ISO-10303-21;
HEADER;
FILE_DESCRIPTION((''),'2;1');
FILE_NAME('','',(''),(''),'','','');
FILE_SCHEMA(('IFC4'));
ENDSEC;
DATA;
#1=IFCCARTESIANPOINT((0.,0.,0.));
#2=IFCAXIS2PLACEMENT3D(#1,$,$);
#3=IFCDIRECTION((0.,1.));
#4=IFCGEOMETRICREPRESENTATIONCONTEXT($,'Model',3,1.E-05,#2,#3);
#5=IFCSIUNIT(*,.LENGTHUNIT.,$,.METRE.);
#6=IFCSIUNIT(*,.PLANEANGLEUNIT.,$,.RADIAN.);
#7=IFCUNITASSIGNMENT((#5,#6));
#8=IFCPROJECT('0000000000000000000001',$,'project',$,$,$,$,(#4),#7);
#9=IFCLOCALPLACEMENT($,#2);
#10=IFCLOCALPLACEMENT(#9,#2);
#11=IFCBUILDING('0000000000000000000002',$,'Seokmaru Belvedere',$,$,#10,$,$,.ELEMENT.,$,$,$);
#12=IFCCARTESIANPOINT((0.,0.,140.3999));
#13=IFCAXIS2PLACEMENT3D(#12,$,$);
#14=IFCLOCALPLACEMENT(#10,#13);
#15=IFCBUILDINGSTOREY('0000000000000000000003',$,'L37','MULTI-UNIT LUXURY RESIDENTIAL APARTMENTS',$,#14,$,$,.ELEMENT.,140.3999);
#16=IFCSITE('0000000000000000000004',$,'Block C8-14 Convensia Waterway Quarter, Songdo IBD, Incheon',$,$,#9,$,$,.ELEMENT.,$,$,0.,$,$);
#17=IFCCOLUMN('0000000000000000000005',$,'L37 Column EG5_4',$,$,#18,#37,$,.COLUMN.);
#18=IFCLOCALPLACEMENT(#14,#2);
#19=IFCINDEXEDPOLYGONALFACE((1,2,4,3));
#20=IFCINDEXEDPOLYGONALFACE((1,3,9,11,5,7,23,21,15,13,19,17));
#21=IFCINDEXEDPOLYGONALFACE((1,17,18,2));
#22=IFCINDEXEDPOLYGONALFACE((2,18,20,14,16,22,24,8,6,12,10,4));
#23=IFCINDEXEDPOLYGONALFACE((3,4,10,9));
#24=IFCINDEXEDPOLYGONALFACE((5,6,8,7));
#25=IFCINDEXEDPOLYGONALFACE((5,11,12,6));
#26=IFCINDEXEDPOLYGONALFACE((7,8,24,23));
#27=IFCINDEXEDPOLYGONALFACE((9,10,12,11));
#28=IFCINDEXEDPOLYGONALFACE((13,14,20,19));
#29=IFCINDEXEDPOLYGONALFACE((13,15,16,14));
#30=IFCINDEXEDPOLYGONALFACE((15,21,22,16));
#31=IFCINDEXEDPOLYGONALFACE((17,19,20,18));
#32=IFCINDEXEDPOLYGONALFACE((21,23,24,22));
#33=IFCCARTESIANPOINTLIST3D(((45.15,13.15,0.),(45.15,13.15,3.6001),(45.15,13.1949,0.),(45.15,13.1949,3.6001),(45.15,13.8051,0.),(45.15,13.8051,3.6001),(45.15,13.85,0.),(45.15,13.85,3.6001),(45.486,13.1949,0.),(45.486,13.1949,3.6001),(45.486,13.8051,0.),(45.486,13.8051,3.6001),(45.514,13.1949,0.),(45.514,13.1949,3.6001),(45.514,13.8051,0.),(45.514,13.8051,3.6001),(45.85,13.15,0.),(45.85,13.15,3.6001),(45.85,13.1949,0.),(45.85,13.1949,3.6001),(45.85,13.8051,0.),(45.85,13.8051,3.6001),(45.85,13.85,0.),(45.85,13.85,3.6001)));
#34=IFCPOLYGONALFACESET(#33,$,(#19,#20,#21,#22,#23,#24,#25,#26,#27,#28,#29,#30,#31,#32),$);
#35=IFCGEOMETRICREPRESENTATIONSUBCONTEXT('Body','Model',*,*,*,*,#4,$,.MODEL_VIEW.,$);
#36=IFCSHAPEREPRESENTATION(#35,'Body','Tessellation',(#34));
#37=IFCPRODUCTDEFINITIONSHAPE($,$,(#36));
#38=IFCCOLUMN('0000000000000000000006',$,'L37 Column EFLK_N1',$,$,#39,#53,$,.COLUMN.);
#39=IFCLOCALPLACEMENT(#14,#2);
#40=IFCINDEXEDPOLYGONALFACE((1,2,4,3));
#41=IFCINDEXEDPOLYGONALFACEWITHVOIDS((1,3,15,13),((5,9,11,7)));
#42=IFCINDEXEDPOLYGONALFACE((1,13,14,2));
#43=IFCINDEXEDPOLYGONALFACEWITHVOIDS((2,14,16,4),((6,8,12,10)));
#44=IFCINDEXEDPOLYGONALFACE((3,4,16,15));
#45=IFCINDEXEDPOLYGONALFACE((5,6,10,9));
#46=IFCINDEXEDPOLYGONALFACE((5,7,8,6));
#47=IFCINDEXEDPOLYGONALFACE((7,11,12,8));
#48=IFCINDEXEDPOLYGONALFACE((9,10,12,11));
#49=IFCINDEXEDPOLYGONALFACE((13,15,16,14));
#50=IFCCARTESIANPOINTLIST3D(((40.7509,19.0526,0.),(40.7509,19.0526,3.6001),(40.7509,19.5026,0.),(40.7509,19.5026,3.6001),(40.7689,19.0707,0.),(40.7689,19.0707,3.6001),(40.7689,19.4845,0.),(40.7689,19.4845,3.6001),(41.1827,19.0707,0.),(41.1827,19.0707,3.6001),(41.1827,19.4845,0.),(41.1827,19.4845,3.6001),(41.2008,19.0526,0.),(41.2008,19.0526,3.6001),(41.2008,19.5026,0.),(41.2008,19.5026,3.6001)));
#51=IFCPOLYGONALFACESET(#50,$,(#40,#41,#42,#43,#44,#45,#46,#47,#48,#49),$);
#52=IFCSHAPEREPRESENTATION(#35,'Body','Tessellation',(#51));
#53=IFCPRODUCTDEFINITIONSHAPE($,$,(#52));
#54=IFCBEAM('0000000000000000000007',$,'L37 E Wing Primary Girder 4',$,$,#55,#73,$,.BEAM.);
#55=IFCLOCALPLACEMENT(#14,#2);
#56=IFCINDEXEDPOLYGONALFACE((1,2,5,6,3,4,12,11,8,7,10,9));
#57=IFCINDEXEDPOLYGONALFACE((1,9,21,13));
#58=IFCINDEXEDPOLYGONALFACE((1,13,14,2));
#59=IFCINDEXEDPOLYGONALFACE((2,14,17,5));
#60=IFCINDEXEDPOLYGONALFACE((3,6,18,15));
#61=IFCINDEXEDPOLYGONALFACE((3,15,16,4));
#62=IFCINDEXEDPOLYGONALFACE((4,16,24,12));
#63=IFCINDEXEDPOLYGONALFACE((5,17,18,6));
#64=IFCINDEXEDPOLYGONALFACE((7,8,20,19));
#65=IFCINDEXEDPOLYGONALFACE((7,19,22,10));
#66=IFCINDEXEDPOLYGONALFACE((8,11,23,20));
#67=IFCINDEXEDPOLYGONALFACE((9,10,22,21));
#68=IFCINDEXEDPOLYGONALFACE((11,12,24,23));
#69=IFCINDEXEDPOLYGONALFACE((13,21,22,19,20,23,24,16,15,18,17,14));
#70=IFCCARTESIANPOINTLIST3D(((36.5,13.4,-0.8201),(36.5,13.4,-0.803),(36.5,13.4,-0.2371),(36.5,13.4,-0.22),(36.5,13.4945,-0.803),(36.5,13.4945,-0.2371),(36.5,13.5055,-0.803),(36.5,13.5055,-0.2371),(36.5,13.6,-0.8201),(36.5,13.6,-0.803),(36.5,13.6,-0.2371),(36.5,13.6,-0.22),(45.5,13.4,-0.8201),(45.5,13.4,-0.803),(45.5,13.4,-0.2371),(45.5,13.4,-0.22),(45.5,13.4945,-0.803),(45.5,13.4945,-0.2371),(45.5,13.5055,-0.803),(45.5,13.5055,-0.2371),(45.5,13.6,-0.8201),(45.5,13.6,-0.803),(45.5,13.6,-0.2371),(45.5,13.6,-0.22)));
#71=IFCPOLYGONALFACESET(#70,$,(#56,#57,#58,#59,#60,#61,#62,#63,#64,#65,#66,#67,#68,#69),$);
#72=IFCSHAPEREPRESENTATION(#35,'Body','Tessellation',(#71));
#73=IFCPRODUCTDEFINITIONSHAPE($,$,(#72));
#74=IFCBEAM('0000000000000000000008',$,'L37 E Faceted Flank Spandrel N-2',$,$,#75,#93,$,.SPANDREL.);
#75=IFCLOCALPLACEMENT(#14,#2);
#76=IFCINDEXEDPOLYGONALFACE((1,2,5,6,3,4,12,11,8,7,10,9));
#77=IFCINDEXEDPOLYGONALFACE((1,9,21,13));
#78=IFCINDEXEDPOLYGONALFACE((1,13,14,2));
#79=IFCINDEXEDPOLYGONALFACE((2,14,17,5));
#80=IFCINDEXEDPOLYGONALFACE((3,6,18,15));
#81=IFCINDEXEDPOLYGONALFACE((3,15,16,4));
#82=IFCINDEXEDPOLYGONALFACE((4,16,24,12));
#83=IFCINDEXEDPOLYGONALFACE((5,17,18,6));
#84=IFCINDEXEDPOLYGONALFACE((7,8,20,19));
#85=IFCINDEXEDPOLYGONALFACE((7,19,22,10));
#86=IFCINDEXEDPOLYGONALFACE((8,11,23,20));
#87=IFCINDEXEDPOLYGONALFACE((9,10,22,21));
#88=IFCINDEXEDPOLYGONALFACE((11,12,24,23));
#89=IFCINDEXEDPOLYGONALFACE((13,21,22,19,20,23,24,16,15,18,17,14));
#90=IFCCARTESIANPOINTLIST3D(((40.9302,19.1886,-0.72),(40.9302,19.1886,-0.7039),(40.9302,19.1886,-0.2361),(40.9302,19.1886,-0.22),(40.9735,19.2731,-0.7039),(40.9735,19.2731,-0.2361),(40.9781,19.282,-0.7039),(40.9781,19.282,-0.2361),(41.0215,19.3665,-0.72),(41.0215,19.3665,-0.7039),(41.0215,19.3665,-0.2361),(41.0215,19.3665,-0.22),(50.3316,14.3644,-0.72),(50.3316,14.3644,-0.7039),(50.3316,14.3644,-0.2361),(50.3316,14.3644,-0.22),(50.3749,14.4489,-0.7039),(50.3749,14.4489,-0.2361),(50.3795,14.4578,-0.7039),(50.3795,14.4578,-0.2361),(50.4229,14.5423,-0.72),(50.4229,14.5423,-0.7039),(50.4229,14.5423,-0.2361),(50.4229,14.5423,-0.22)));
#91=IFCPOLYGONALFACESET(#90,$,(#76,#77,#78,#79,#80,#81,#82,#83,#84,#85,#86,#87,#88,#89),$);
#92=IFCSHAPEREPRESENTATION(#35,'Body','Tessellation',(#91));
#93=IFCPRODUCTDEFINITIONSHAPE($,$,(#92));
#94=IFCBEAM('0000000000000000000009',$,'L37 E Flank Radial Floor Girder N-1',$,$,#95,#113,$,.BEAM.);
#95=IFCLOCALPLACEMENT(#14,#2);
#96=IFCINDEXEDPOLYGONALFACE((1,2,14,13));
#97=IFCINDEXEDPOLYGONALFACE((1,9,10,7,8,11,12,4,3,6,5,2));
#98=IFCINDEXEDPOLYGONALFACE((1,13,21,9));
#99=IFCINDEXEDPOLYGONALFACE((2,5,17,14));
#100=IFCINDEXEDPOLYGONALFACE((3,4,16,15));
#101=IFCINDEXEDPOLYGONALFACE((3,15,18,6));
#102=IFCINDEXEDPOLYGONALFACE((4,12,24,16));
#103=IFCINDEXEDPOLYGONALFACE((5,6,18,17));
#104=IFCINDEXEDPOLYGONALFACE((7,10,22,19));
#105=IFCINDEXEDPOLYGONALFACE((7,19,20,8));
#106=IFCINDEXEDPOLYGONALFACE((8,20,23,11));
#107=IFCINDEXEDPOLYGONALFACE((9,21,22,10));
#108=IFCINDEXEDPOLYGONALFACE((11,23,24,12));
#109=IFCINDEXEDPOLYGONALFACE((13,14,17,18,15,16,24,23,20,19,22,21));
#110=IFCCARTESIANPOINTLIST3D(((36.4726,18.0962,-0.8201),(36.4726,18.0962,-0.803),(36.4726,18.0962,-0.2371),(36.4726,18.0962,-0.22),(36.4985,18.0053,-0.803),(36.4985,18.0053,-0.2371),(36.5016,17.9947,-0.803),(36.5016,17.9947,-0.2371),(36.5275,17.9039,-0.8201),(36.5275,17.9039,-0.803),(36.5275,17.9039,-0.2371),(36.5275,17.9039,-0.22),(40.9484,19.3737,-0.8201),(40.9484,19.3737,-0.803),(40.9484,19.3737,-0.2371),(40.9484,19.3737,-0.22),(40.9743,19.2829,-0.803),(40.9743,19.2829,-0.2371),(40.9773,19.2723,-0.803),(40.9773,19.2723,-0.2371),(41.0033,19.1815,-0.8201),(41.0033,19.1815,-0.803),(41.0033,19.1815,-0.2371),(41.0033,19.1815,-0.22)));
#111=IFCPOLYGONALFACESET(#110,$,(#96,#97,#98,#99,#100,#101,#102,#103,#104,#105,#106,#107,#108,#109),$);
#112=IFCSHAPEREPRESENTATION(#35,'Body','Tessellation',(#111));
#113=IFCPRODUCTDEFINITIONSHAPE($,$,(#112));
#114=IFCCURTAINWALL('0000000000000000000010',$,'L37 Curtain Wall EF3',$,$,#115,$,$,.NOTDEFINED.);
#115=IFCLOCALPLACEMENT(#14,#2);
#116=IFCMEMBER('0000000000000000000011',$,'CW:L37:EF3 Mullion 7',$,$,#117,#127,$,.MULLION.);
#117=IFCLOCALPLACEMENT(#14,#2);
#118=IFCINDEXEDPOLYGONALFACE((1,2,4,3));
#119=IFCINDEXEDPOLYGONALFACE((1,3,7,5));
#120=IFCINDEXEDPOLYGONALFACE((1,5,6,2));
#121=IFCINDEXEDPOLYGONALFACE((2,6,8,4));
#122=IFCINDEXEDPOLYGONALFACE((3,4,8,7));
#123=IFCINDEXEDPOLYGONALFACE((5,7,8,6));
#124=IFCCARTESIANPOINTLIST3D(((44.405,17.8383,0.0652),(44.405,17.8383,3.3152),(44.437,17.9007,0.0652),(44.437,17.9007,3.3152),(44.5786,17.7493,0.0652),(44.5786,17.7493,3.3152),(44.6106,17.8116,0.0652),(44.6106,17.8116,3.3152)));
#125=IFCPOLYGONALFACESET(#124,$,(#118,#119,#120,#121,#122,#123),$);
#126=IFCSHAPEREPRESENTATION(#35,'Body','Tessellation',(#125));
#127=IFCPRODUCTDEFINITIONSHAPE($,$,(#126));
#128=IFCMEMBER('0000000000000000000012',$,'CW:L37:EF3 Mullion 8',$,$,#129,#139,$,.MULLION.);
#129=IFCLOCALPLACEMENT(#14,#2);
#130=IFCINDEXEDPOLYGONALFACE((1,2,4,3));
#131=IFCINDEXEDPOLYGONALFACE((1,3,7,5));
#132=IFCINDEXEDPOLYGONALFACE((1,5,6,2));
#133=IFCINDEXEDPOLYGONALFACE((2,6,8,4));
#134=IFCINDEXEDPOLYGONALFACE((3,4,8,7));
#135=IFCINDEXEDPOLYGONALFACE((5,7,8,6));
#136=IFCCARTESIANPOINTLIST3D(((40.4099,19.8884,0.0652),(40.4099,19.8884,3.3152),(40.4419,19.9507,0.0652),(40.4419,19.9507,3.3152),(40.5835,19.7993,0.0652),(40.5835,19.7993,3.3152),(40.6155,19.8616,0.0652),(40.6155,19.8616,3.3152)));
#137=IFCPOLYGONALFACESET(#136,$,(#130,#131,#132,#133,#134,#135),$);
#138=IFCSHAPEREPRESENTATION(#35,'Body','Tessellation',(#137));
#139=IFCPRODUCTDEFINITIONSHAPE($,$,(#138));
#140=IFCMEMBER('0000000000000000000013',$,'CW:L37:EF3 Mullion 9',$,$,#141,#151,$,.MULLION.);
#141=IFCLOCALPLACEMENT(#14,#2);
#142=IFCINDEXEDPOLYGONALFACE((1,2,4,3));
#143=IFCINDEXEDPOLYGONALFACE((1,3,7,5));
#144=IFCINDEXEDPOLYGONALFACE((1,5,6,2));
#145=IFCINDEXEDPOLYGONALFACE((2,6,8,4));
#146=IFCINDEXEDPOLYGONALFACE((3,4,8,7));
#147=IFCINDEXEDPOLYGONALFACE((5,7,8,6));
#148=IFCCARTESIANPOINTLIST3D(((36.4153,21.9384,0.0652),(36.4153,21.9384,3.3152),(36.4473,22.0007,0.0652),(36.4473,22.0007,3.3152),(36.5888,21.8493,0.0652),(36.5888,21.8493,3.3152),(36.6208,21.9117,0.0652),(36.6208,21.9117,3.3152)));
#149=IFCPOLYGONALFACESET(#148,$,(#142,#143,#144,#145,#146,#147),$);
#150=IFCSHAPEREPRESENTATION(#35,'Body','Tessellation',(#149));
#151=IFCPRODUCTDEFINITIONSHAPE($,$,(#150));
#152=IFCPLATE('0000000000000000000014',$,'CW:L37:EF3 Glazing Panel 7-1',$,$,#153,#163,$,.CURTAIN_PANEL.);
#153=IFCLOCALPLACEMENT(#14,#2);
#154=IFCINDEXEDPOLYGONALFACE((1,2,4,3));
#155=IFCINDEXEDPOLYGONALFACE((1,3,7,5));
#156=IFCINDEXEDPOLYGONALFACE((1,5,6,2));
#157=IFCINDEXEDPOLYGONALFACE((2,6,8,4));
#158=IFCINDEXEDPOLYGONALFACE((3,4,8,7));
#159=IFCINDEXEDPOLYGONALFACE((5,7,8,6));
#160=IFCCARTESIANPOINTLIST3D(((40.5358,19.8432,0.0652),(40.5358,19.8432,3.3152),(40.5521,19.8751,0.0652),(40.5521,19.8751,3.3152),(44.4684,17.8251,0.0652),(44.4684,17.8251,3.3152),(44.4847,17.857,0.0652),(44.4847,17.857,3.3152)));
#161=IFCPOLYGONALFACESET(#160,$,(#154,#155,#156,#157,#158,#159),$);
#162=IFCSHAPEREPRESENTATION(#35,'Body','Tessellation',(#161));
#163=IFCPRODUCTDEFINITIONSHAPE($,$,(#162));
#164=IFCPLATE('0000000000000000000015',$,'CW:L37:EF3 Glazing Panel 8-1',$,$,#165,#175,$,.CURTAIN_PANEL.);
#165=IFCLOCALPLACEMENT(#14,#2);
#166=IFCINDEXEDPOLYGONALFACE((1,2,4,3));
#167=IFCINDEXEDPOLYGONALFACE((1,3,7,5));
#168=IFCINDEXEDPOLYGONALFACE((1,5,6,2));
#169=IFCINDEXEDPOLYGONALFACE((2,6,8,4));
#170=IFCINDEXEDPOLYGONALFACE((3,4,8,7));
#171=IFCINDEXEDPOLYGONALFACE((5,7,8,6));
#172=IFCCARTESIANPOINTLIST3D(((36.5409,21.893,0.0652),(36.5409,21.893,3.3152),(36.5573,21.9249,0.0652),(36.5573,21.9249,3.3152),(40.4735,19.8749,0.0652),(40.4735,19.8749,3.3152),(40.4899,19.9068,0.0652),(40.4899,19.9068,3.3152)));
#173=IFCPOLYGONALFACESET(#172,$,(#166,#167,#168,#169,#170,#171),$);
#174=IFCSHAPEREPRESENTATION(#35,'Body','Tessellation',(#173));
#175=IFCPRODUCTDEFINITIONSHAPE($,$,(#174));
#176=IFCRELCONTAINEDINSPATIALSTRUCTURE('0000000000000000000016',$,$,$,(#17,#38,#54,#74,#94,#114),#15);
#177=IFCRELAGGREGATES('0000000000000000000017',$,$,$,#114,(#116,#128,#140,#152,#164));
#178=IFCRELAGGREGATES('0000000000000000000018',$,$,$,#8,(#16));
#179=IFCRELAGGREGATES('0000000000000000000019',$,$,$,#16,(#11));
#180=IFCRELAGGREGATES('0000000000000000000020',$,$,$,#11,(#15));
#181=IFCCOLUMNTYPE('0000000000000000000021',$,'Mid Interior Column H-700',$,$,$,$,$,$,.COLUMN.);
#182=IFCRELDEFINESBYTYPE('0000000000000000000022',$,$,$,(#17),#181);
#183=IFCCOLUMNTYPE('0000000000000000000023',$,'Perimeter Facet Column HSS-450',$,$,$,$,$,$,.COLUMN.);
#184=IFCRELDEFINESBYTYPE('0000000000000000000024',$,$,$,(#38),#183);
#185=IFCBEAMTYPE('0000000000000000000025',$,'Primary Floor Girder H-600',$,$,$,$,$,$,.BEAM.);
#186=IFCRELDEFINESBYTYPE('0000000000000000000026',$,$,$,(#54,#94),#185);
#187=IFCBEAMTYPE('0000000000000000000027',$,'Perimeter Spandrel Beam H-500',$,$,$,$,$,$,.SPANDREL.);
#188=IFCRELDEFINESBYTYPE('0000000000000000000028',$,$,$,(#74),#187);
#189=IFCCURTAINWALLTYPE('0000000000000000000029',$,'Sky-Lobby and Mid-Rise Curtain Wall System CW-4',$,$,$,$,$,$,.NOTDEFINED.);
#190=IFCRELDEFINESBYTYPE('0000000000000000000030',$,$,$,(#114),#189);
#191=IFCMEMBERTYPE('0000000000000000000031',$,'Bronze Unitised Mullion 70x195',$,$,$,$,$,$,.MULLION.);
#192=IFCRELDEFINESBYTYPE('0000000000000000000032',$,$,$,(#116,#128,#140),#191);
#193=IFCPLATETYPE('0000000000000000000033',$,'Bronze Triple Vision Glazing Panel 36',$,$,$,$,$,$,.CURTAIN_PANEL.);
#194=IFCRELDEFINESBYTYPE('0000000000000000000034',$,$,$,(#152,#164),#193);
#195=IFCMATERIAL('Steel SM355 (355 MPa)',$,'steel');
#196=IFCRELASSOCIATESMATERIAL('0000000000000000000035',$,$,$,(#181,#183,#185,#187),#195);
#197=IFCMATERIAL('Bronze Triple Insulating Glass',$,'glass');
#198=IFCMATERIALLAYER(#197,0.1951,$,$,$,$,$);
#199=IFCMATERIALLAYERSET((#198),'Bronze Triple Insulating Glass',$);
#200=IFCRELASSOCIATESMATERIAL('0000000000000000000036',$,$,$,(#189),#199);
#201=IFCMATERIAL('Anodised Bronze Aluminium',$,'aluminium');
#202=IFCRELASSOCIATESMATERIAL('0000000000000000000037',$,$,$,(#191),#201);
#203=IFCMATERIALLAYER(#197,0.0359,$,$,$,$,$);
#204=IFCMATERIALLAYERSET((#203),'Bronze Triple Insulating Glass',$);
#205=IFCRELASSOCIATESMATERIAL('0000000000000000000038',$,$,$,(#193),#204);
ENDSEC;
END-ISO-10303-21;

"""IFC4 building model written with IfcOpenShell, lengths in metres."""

from ifc_helpers import new_model, si_unit, direction, frame, origin, origin_2d, place, context, subcontext, project, spatial, rectangle, hollow_rectangle, i_section, extrude, source, transform, mapped, material, layer, layer_set, material_profile, profile_set, type_object, type_shapes, element, aggregate, save


model = new_model("IFC4")

# Units and contexts
model_context = context("Model", 3, precision=1e-05, world=origin(), true_north=direction((0.0, 1.0)))
body_context = subcontext(model_context, "Body", "Model", "MODEL_VIEW")
ifc_project = project(units=[si_unit("LENGTHUNIT", "METRE"), si_unit("PLANEANGLEUNIT", "RADIAN")], contexts=[model_context])

# Site, building, storey
site_placement = place(None, origin())
site = spatial("IfcSite", under=ifc_project, at=site_placement, Name="Block C8-14 Convensia Waterway Quarter, Songdo IBD, Incheon", CompositionType="ELEMENT", RefElevation=0.0)
building_placement = place(site_placement, origin())
building = spatial("IfcBuilding", under=site, at=building_placement, Name="Seokmaru Belvedere", CompositionType="ELEMENT")
storey_placement = place(building_placement, frame((0.0, 0.0, 140.3999)))
storey = spatial("IfcBuildingStorey", under=building, at=storey_placement, Name="L37", Description="MULTI-UNIT LUXURY RESIDENTIAL APARTMENTS", CompositionType="ELEMENT", Elevation=140.3999)

# Columns
ifc_material_1 = material(Name="Steel SM355 (355 MPa)", Category="steel")
ifc_material_profile_1 = material_profile(ifc_material_1, i_section(OverallWidth=0.7, OverallDepth=0.7, WebThickness=0.0281, FlangeThickness=0.0449, at=origin_2d()), Name="H-700x700x28x45")
ifc_profile_set_1 = profile_set([ifc_material_profile_1], Name="Steel SM355 (355 MPa)")
column_type_1 = type_object("IfcColumnType", Name="Mid Interior Column H-700", PredefinedType="COLUMN", material=ifc_profile_set_1)
shared_shape_1 = source(origin(), body_context, "Body", "SweptSolid", [
    extrude(i_section(OverallWidth=0.7, OverallDepth=0.7, WebThickness=0.0281, FlangeThickness=0.0449, at=origin_2d()), origin(), (0.0, 0.0, 1.0), 3.6001),
])
type_shapes(column_type_1, [shared_shape_1])
column_1_placement = place(storey_placement, frame((45.5, 13.5, 0.0), z_axis=(0.0, 0.0, 1.0), x_axis=(1.0, 0.0, 0.0)))
element("IfcColumn", 1, at=column_1_placement, inside=storey, type_object=column_type_1, Name="L37 Column EG5_4", PredefinedType="COLUMN", context=body_context, shape_type="MappedRepresentation", body=[
    mapped(shared_shape_1, transform((0.0, 0.0, 0.0), scale=1.0)),
])
ifc_material_profile_2 = material_profile(ifc_material_1, hollow_rectangle(XDim=0.45, YDim=0.45, WallThickness=0.0181, at=origin_2d()), Name="HSS-450x450x18")
ifc_profile_set_2 = profile_set([ifc_material_profile_2], Name="Steel SM355 (355 MPa)")
column_type_2 = type_object("IfcColumnType", Name="Perimeter Facet Column HSS-450", PredefinedType="COLUMN", material=ifc_profile_set_2)
shared_shape_2 = source(origin(), body_context, "Body", "SweptSolid", [
    extrude(hollow_rectangle(XDim=0.45, YDim=0.45, WallThickness=0.0181, at=origin_2d()), origin(), (0.0, 0.0, 1.0), 3.6001),
])
type_shapes(column_type_2, [shared_shape_2])
column_2_placement = place(storey_placement, frame((40.9758, 19.2776, 0.0), z_axis=(0.0, 0.0, 1.0), x_axis=(1.0, 0.0, 0.0)))
element("IfcColumn", 2, at=column_2_placement, inside=storey, type_object=column_type_2, Name="L37 Column EFLK_N1", PredefinedType="COLUMN", context=body_context, shape_type="MappedRepresentation", body=[
    mapped(shared_shape_2, transform((0.0, 0.0, 0.0), scale=1.0)),
])

# Beams
ifc_material_profile_3 = material_profile(ifc_material_1, i_section(OverallWidth=0.2, OverallDepth=0.6001, WebThickness=0.011, FlangeThickness=0.0171, at=origin_2d()), Name="H-600x200x11x17")
ifc_profile_set_3 = profile_set([ifc_material_profile_3], Name="Steel SM355 (355 MPa)")
beam_type_1 = type_object("IfcBeamType", Name="Primary Floor Girder H-600", PredefinedType="BEAM", material=ifc_profile_set_3)
shared_shape_3 = source(origin(), body_context, "Body", "SweptSolid", [
    extrude(i_section(OverallWidth=0.2, OverallDepth=0.6001, WebThickness=0.011, FlangeThickness=0.0171, at=origin_2d()), origin(), (0.0, 0.0, 1.0), 9.0),
])
beam_1_placement = place(storey_placement, frame((36.5, 13.5, -0.52), z_axis=(1.0, 0.0, 0.0), x_axis=(0.0, 1.0, 0.0)))
element("IfcBeam", 3, at=beam_1_placement, inside=storey, type_object=beam_type_1, Name="L37 E Wing Primary Girder 4", PredefinedType="BEAM", context=body_context, shape_type="MappedRepresentation", body=[
    mapped(shared_shape_3, transform((0.0, 0.0, 0.0), scale=1.0)),
])
ifc_material_profile_4 = material_profile(ifc_material_1, i_section(OverallWidth=0.2, OverallDepth=0.5, WebThickness=0.01, FlangeThickness=0.0161, at=origin_2d()), Name="H-500x200x10x16")
ifc_profile_set_4 = profile_set([ifc_material_profile_4], Name="Steel SM355 (355 MPa)")
beam_type_2 = type_object("IfcBeamType", Name="Perimeter Spandrel Beam H-500", PredefinedType="SPANDREL", material=ifc_profile_set_4)
shared_shape_4 = source(origin(), body_context, "Body", "SweptSolid", [
    extrude(i_section(OverallWidth=0.2, OverallDepth=0.5, WebThickness=0.01, FlangeThickness=0.0161, at=origin_2d()), origin(), (0.0, 0.0, 1.0), 10.5669),
])
type_shapes(beam_type_2, [shared_shape_4])
beam_2_placement = place(storey_placement, frame((40.9758, 19.2776, -0.47), z_axis=(0.889702, -0.456542, 0.0), x_axis=(0.456542, 0.889702, 0.0)))
element("IfcBeam", 4, at=beam_2_placement, inside=storey, type_object=beam_type_2, Name="L37 E Faceted Flank Spandrel N-2", PredefinedType="SPANDREL", context=body_context, shape_type="MappedRepresentation", body=[
    mapped(shared_shape_4, transform((0.0, 0.0, 0.0), scale=1.0)),
])
shared_shape_5 = source(origin(), body_context, "Body", "SweptSolid", [
    extrude(i_section(OverallWidth=0.2, OverallDepth=0.6001, WebThickness=0.011, FlangeThickness=0.0171, at=origin_2d()), origin(), (0.0, 0.0, 1.0), 4.6545),
])
type_shapes(beam_type_1, [shared_shape_3, shared_shape_5])
beam_3_placement = place(storey_placement, frame((40.9758, 19.2776, -0.52), z_axis=(-0.961593, -0.274479, 0.0), x_axis=(0.274479, -0.961593, 0.0)))
element("IfcBeam", 5, at=beam_3_placement, inside=storey, type_object=beam_type_1, Name="L37 E Flank Radial Floor Girder N-1", PredefinedType="BEAM", context=body_context, shape_type="MappedRepresentation", body=[
    mapped(shared_shape_5, transform((0.0, 0.0, 0.0), scale=1.0)),
])

# Curtain wall, members, plates
ifc_material_2 = material(Name="Bronze Triple Insulating Glass", Category="glass")
ifc_layer_1 = layer(ifc_material_2, 0.1951)
ifc_layer_set_1 = layer_set([ifc_layer_1], Name="Bronze Triple Insulating Glass")
curtain_wall_type = type_object("IfcCurtainWallType", Name="Sky-Lobby and Mid-Rise Curtain Wall System CW-4", PredefinedType="NOTDEFINED", material=ifc_layer_set_1)
curtain_wall_placement = place(storey_placement, origin())
curtain_wall = element("IfcCurtainWall", 6, at=curtain_wall_placement, inside=storey, type_object=curtain_wall_type, Name="L37 Curtain Wall EF3", PredefinedType="NOTDEFINED")
ifc_material_3 = material(Name="Anodised Bronze Aluminium", Category="aluminium")
ifc_material_profile_5 = material_profile(ifc_material_3, rectangle(XDim=0.0701, YDim=0.1951, at=origin_2d()), Name="CW-M-70x195")
ifc_profile_set_5 = profile_set([ifc_material_profile_5], Name="Anodised Bronze Aluminium")
member_type = type_object("IfcMemberType", Name="Bronze Unitised Mullion 70x195", PredefinedType="MULLION", material=ifc_profile_set_5)
shared_shape_6 = source(origin(), body_context, "Body", "SweptSolid", [
    extrude(rectangle(XDim=0.0701, YDim=0.1951, at=origin_2d()), origin(), (0.0, 0.0, 1.0), 3.25),
])
type_shapes(member_type, [shared_shape_6])
member_1_placement = place(storey_placement, frame((44.5078, 17.825, 0.0652), z_axis=(0.0, 0.0, 1.0), x_axis=(-0.456555, -0.889695, 0.0)))
member_1 = element("IfcMember", 7, at=member_1_placement, type_object=member_type, Name="CW:L37:EF3 Mullion 7", PredefinedType="MULLION", context=body_context, shape_type="MappedRepresentation", body=[
    mapped(shared_shape_6, transform((0.0, 0.0, 0.0), scale=1.0)),
])
member_2_placement = place(storey_placement, frame((40.5127, 19.875, 0.0652), z_axis=(0.0, 0.0, 1.0), x_axis=(-0.456555, -0.889695, 0.0)))
member_2 = element("IfcMember", 8, at=member_2_placement, type_object=member_type, Name="CW:L37:EF3 Mullion 8", PredefinedType="MULLION", context=body_context, shape_type="MappedRepresentation", body=[
    mapped(shared_shape_6, transform((0.0, 0.0, 0.0), scale=1.0)),
])
member_3_placement = place(storey_placement, frame((36.5181, 21.925, 0.0652), z_axis=(0.0, 0.0, 1.0), x_axis=(-0.456555, -0.889695, 0.0)))
member_3 = element("IfcMember", 9, at=member_3_placement, type_object=member_type, Name="CW:L37:EF3 Mullion 9", PredefinedType="MULLION", context=body_context, shape_type="MappedRepresentation", body=[
    mapped(shared_shape_6, transform((0.0, 0.0, 0.0), scale=1.0)),
])
ifc_layer_2 = layer(ifc_material_2, 0.0359)
ifc_layer_set_2 = layer_set([ifc_layer_2], Name="Bronze Triple Insulating Glass")
plate_type = type_object("IfcPlateType", Name="Bronze Triple Vision Glazing Panel 36", PredefinedType="CURTAIN_PANEL", material=ifc_layer_set_2)
shared_shape_7 = source(origin(), body_context, "Body", "SweptSolid", [
    extrude(rectangle(XDim=4.4202, YDim=0.0359, at=origin_2d()), origin(), (0.0, 0.0, 1.0), 3.25),
])
type_shapes(plate_type, [shared_shape_7])
plate_1_placement = place(storey_placement, frame((42.5103, 18.8501, 0.0652), z_axis=(0.0, 0.0, 1.0), x_axis=(-0.889695, 0.456555, 0.0)))
plate_1 = element("IfcPlate", 10, at=plate_1_placement, type_object=plate_type, Name="CW:L37:EF3 Glazing Panel 7-1", PredefinedType="CURTAIN_PANEL", context=body_context, shape_type="MappedRepresentation", body=[
    mapped(shared_shape_7, transform((0.0, 0.0, 0.0), scale=1.0)),
])
plate_2_placement = place(storey_placement, frame((38.5154, 20.8999, 0.0652), z_axis=(0.0, 0.0, 1.0), x_axis=(-0.889695, 0.456555, 0.0)))
plate_2 = element("IfcPlate", 11, at=plate_2_placement, type_object=plate_type, Name="CW:L37:EF3 Glazing Panel 8-1", PredefinedType="CURTAIN_PANEL", context=body_context, shape_type="MappedRepresentation", body=[
    mapped(shared_shape_7, transform((0.0, 0.0, 0.0), scale=1.0)),
])
aggregate(curtain_wall, [member_1, member_2, member_3, plate_1, plate_2])

save(model, "model.ifc")
